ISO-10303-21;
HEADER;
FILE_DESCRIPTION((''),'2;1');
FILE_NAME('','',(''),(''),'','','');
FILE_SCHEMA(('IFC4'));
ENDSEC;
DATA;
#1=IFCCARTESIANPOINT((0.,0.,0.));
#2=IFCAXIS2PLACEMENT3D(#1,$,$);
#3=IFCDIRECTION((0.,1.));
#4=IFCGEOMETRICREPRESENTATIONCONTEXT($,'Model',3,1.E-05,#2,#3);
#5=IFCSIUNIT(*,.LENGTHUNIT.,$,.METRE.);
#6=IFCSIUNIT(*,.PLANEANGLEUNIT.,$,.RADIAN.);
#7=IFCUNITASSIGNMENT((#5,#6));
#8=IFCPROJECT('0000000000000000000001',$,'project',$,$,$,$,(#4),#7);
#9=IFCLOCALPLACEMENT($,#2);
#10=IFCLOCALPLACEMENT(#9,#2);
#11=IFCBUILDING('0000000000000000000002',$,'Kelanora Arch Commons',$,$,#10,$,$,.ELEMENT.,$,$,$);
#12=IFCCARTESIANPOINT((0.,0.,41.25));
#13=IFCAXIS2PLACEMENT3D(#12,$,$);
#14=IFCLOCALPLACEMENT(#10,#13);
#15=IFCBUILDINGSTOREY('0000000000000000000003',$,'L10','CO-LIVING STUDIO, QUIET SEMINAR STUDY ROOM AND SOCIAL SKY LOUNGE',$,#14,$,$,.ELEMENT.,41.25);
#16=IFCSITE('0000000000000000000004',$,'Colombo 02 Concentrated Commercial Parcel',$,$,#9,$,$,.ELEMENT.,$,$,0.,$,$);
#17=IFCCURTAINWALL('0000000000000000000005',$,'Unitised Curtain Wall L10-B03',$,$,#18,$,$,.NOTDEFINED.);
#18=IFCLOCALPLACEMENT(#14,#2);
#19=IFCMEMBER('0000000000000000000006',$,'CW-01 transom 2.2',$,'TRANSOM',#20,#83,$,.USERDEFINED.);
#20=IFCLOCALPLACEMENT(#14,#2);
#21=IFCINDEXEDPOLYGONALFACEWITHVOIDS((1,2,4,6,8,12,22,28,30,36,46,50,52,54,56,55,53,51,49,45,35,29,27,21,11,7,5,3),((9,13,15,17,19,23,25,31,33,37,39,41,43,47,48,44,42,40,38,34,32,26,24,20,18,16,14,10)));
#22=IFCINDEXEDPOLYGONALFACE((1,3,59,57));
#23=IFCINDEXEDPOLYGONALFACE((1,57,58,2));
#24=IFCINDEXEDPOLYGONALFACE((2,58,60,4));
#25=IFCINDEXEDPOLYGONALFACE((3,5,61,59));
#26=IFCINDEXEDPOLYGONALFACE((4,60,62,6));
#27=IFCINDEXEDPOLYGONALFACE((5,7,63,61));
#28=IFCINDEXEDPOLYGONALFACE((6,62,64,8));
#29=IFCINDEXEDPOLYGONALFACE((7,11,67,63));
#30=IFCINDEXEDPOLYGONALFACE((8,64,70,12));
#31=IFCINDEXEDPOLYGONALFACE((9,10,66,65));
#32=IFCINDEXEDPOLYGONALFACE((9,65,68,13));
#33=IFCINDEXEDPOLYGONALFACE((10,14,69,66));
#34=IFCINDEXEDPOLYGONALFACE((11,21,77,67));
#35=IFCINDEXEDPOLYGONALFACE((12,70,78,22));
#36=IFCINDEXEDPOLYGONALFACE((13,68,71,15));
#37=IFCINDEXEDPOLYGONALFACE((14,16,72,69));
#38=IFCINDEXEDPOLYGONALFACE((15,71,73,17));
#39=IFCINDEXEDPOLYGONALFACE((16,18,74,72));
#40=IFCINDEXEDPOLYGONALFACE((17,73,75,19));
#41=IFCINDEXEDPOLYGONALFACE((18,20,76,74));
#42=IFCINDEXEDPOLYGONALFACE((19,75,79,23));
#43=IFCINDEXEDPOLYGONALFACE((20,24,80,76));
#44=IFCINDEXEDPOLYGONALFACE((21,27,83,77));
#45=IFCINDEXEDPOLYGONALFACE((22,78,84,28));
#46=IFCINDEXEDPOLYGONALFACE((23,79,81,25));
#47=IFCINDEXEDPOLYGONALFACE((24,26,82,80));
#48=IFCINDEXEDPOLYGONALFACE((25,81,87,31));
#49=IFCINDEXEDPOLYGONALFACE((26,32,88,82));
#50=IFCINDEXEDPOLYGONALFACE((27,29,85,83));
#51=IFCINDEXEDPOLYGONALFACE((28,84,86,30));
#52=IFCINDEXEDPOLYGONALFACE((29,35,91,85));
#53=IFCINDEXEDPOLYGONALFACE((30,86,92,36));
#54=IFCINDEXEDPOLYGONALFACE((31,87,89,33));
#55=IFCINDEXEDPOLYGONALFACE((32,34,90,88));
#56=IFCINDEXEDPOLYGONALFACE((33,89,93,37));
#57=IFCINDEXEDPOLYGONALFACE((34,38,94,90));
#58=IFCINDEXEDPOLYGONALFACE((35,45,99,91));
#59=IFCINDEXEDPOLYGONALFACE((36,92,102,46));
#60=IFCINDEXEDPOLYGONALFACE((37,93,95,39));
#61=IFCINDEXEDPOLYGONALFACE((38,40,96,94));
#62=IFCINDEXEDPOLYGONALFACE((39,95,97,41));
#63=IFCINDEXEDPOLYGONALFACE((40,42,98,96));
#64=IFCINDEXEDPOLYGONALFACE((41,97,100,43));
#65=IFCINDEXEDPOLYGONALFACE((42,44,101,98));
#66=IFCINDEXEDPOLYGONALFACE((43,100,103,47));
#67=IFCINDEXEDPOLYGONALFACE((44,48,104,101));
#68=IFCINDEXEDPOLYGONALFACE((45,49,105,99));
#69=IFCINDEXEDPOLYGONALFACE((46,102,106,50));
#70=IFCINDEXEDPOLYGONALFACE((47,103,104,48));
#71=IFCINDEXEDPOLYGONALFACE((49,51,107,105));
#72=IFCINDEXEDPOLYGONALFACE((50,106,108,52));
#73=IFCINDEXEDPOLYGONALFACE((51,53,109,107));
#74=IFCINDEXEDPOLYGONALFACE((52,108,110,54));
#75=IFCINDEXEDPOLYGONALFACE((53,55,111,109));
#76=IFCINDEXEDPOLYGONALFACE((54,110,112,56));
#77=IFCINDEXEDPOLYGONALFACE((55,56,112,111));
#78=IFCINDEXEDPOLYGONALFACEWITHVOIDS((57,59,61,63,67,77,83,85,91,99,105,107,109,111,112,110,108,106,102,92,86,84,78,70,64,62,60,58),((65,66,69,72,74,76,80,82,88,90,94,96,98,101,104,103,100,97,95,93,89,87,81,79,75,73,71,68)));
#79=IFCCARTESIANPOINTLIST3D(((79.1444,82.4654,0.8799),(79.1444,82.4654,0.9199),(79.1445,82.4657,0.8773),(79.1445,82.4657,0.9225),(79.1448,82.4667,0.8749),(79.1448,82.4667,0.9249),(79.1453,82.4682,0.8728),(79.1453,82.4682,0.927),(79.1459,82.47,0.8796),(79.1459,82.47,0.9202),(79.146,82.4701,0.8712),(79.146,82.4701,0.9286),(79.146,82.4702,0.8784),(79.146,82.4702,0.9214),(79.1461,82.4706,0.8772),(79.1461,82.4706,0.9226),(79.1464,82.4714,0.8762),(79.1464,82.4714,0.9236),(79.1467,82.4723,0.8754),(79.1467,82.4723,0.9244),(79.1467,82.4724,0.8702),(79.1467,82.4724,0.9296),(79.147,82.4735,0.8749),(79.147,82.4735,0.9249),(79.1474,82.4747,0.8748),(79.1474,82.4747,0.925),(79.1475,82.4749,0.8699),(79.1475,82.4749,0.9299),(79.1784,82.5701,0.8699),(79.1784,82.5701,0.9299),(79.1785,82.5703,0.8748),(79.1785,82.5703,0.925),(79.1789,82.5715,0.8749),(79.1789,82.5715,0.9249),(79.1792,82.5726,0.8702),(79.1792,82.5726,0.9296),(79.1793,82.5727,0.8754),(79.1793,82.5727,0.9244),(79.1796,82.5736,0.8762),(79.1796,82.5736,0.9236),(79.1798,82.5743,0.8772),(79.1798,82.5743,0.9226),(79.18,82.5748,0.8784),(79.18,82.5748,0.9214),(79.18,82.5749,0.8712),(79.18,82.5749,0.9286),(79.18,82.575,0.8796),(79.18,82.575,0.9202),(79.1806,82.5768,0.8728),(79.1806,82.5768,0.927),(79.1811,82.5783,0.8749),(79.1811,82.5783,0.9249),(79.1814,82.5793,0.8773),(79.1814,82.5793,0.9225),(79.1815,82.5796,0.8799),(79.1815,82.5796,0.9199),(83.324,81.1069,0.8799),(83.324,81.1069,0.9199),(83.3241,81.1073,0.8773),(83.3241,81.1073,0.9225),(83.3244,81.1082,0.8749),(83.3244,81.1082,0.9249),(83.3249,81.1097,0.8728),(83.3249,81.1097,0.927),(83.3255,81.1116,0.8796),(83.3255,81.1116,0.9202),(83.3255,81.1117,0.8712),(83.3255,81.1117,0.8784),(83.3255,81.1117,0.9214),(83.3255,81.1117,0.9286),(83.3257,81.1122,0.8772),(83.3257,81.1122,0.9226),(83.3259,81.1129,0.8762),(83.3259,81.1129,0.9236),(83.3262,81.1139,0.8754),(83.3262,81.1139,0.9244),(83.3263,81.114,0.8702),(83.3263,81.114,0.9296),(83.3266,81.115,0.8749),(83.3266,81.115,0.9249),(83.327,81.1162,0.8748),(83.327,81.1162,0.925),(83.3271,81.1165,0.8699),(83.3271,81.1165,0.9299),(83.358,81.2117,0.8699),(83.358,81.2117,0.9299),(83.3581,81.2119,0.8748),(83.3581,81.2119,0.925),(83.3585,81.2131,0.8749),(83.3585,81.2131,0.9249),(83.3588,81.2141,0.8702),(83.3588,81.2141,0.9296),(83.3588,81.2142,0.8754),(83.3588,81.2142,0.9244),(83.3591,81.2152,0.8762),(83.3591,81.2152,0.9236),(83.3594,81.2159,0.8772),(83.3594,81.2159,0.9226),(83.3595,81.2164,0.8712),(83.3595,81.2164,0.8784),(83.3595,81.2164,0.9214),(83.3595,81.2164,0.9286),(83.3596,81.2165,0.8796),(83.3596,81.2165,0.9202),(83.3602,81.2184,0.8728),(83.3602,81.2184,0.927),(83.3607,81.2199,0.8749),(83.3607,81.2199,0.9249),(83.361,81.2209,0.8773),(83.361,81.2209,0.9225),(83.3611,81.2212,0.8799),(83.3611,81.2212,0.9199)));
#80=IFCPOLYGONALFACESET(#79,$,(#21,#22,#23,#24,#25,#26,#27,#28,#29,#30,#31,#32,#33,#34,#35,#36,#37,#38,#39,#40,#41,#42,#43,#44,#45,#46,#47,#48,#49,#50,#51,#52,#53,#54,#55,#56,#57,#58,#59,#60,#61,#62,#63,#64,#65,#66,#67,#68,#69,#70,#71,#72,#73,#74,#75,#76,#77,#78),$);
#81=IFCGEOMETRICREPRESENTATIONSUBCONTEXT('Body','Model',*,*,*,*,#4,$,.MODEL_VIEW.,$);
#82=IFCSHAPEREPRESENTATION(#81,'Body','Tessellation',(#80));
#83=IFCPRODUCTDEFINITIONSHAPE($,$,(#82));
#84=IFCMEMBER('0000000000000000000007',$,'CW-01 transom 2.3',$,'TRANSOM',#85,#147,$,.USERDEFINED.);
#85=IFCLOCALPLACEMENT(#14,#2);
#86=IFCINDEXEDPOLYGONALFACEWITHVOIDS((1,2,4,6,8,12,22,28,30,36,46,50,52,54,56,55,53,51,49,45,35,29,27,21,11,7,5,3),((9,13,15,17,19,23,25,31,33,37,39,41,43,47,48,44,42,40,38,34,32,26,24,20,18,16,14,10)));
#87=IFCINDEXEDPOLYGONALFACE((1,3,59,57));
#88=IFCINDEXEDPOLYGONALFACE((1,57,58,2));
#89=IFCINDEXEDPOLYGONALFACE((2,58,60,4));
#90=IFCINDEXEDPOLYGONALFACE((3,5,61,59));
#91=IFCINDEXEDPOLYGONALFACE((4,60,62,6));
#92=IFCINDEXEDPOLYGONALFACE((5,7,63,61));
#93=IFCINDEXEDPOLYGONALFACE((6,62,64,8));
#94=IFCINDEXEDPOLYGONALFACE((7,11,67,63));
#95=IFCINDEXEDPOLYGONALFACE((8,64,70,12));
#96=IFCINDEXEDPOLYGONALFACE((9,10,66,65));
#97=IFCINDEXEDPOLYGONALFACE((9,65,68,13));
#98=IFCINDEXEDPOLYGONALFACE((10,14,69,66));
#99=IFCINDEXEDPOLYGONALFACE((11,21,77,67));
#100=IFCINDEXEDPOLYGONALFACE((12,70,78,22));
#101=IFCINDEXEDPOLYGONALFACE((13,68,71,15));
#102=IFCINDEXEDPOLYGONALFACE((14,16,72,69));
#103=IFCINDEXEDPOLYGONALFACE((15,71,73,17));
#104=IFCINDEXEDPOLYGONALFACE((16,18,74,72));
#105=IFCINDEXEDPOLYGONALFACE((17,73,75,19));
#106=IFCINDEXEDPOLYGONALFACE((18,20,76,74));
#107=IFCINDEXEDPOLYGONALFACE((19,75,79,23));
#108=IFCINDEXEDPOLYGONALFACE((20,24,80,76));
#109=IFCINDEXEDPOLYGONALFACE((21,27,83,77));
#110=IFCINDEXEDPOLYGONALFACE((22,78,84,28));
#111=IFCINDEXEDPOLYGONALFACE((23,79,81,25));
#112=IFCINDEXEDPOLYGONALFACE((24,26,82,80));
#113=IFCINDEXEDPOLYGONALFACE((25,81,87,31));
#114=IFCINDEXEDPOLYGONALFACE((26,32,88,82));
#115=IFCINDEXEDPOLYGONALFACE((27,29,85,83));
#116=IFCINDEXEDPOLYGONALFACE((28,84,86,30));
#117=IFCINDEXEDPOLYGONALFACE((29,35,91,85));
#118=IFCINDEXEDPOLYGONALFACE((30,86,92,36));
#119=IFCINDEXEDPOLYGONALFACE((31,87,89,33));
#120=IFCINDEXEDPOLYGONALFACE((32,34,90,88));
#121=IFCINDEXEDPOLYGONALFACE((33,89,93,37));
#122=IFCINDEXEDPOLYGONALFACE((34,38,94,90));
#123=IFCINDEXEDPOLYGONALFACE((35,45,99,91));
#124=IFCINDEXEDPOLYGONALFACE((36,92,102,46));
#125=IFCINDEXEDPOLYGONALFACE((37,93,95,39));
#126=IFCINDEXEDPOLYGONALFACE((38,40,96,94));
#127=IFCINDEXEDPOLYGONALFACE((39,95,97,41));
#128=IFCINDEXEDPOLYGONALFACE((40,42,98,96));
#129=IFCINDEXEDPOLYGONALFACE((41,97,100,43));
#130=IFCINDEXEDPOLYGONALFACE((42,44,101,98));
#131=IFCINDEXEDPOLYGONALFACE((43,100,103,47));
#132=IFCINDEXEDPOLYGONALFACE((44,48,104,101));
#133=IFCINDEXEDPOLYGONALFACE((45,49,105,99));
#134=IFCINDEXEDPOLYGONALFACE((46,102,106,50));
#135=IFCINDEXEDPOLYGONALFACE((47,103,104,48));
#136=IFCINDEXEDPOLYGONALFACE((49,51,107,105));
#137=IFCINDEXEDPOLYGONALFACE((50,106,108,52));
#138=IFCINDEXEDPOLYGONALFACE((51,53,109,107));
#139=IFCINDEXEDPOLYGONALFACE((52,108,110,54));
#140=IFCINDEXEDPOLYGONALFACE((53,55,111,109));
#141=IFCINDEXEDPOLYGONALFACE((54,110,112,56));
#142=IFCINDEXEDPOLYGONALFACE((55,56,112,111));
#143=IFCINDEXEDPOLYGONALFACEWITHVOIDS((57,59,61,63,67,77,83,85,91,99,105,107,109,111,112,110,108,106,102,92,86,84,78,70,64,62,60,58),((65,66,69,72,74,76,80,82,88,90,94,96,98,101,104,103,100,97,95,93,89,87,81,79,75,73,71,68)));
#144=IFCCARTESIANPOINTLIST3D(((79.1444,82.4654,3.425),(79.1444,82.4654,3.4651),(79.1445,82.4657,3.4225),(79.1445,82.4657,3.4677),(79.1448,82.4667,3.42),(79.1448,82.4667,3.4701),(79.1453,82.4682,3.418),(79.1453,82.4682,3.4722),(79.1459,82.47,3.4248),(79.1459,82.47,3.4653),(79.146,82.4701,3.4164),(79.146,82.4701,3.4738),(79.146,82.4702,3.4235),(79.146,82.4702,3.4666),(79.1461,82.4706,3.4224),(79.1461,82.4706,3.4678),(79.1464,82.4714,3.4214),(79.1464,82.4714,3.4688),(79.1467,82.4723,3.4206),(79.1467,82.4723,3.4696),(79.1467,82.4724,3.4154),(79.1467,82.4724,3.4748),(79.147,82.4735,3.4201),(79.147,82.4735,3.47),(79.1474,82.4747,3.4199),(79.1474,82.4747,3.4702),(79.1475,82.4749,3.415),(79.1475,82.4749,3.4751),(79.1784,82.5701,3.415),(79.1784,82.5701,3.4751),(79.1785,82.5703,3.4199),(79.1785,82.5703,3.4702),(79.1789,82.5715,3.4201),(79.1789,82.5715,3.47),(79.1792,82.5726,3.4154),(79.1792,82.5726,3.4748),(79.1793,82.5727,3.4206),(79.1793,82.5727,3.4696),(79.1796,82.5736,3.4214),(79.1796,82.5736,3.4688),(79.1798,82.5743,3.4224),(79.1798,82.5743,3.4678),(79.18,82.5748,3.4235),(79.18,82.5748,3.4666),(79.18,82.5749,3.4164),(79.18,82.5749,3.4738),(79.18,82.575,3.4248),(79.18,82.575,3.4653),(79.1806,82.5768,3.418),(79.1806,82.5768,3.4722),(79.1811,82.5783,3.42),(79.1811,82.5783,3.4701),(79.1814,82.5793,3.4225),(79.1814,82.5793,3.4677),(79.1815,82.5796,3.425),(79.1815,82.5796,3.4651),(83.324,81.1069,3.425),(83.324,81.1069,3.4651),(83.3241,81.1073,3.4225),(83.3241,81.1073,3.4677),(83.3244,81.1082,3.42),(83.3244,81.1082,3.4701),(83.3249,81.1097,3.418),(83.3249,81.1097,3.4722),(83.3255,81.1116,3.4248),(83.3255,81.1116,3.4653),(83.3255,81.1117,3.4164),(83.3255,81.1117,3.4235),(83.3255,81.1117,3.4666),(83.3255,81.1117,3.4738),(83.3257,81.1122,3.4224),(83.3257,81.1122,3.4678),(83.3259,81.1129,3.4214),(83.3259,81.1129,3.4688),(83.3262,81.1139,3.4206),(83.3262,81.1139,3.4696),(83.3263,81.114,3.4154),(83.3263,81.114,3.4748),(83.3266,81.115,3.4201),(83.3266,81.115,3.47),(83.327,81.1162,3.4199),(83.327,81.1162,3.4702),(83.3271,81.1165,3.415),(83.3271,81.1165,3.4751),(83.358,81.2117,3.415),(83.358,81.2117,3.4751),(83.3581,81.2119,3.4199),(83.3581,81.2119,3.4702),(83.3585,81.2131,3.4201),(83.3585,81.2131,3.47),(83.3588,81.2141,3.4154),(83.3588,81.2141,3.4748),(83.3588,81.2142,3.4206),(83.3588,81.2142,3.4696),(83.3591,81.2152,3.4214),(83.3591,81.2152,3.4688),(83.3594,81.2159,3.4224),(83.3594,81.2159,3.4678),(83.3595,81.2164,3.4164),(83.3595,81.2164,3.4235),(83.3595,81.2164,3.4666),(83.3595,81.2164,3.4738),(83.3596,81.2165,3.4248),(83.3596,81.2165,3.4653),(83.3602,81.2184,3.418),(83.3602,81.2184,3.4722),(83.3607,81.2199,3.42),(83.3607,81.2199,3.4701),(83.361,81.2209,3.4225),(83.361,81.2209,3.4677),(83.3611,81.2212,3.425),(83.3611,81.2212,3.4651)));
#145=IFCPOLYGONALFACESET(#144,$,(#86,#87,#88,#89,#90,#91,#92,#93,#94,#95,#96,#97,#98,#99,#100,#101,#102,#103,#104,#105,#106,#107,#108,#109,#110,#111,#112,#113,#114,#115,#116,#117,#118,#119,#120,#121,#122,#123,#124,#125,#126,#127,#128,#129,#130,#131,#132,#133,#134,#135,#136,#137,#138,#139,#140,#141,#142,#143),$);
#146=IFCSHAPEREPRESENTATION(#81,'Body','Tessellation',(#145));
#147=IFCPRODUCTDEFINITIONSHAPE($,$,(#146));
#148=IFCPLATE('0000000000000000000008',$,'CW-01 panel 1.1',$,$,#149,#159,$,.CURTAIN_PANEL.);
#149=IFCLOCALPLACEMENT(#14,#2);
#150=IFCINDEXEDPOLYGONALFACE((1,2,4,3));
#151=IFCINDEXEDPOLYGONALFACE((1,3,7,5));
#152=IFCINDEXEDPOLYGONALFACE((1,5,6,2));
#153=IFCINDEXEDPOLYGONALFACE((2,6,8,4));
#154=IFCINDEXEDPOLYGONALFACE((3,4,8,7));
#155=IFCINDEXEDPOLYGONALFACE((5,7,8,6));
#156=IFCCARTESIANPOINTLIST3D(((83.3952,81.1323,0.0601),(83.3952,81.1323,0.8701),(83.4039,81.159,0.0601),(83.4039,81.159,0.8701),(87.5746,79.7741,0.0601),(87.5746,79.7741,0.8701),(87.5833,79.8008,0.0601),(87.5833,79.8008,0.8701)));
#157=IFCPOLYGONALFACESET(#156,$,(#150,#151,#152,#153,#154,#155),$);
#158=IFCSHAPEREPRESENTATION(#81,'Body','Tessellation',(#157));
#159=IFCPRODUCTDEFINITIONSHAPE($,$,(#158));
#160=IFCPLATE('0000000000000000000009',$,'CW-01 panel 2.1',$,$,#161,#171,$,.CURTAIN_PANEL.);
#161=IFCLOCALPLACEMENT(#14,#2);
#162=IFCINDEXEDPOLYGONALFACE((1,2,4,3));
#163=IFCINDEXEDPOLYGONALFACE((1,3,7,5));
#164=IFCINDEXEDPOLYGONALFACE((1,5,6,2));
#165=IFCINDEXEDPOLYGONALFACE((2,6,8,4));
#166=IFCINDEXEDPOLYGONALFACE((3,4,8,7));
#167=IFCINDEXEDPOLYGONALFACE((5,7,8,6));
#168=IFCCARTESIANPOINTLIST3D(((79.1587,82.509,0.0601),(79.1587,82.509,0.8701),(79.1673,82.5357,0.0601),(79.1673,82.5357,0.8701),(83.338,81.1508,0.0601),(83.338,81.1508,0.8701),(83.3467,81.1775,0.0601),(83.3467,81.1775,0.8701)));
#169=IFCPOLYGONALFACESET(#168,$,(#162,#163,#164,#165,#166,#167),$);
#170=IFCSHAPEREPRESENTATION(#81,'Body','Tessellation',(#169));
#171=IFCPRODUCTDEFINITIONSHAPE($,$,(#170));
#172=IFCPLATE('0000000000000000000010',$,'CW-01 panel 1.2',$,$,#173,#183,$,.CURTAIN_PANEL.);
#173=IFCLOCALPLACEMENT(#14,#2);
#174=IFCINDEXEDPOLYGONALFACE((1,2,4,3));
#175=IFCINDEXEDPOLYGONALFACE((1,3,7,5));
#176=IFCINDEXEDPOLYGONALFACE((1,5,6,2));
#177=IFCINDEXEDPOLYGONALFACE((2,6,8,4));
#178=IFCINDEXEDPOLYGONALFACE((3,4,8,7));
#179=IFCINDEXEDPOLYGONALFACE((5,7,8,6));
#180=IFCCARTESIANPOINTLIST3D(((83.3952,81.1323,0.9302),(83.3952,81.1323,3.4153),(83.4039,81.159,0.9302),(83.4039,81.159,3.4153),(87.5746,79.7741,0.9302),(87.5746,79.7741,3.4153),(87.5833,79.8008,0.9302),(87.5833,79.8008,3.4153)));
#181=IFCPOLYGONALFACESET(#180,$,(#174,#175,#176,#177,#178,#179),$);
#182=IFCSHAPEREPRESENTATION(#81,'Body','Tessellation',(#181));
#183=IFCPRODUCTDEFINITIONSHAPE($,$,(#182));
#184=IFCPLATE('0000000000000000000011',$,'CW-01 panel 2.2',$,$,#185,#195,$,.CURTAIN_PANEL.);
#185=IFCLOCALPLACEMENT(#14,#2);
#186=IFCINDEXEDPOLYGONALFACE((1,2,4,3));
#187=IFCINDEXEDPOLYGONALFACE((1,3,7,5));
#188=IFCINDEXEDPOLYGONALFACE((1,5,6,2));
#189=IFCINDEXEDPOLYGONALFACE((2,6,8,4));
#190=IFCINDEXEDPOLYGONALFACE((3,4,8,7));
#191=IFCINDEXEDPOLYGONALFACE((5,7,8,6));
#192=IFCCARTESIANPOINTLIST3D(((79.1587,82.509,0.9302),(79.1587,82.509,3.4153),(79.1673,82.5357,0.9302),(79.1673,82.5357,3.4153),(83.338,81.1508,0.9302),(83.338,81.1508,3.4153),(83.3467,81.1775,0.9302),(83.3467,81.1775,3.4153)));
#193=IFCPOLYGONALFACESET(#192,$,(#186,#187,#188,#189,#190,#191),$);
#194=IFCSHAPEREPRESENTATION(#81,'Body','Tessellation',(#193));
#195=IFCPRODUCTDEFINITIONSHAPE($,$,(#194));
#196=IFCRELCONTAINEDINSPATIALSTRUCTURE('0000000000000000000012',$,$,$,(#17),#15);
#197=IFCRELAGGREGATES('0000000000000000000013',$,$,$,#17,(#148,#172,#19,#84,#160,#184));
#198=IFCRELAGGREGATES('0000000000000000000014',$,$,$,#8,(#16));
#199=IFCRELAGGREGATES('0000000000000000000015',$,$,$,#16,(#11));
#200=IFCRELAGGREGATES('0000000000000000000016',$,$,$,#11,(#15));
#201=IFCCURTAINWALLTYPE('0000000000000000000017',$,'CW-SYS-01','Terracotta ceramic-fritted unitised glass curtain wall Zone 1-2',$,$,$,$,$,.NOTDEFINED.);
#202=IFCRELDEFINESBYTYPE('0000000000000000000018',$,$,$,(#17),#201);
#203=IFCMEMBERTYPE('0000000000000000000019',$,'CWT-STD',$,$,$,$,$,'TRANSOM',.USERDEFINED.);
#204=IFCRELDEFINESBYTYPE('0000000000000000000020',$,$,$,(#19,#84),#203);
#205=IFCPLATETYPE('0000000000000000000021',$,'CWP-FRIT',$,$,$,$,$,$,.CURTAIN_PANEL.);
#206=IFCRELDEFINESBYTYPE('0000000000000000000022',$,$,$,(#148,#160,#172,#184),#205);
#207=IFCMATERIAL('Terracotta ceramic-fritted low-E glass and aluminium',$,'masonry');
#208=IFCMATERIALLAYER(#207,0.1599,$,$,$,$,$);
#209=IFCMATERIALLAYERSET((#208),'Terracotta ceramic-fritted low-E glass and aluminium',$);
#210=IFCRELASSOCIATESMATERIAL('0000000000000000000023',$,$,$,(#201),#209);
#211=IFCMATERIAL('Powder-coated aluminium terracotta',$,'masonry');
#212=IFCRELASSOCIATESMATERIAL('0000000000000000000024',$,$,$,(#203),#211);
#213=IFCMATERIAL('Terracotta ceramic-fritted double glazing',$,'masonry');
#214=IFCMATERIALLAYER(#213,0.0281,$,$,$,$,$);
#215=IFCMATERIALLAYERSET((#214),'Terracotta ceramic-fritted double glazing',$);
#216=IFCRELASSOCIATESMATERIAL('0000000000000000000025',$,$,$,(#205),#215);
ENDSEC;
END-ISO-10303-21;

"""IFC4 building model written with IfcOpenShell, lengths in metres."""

from ifc_helpers import new_model, si_unit, direction, frame, origin, origin_2d, place, context, subcontext, project, spatial, rectangle, hollow_rectangle, extrude, source, transform, mapped, material, layer, layer_set, material_profile, profile_set, type_object, element, aggregate, save


model = new_model("IFC4")

# Units and contexts
model_context = context("Model", 3, precision=1e-05, world=origin(), true_north=direction((0.0, 1.0)))
body_context = subcontext(model_context, "Body", "Model", "MODEL_VIEW")
ifc_project = project(units=[si_unit("LENGTHUNIT", "METRE"), si_unit("PLANEANGLEUNIT", "RADIAN")], contexts=[model_context])

# Site, building, storey
site_placement = place(None, origin())
site = spatial("IfcSite", under=ifc_project, at=site_placement, Name="Colombo 02 Concentrated Commercial Parcel", CompositionType="ELEMENT", RefElevation=0.0)
building_placement = place(site_placement, origin())
building = spatial("IfcBuilding", under=site, at=building_placement, Name="Kelanora Arch Commons", CompositionType="ELEMENT")
storey_placement = place(building_placement, frame((0.0, 0.0, 41.25)))
storey = spatial("IfcBuildingStorey", under=building, at=storey_placement, Name="L10", Description="CO-LIVING STUDIO, QUIET SEMINAR STUDY ROOM AND SOCIAL SKY LOUNGE", CompositionType="ELEMENT", Elevation=41.25)

# Curtain wall, members, plates
ifc_material_1 = material(Name="Terracotta ceramic-fritted low-E glass and aluminium", Category="masonry")
ifc_layer_1 = layer(ifc_material_1, 0.1599)
ifc_layer_set_1 = layer_set([ifc_layer_1], Name="Terracotta ceramic-fritted low-E glass and aluminium")
curtain_wall_type = type_object("IfcCurtainWallType", Name="CW-SYS-01", Description="Terracotta ceramic-fritted unitised glass curtain wall Zone 1-2", PredefinedType="NOTDEFINED", material=ifc_layer_set_1)
curtain_wall_placement = place(storey_placement, origin())
curtain_wall = element("IfcCurtainWall", 1, at=curtain_wall_placement, inside=storey, type_object=curtain_wall_type, Name="Unitised Curtain Wall L10-B03", PredefinedType="NOTDEFINED")
ifc_material_2 = material(Name="Powder-coated aluminium terracotta", Category="masonry")
ifc_material_profile_1 = material_profile(ifc_material_2, hollow_rectangle(XDim=0.1201, YDim=0.0601, WallThickness=0.0049, InnerFilletRadius=0.0049, OuterFilletRadius=0.01, at=origin_2d()), Name="CWT120x60")
ifc_profile_set_1 = profile_set([ifc_material_profile_1], Name="Powder-coated aluminium terracotta")
member_type_1 = type_object("IfcMemberType", Name="CWT-STD", ElementType="TRANSOM", PredefinedType="USERDEFINED", material=ifc_profile_set_1)
member_1_placement = place(storey_placement, frame((83.3425, 81.1641, 0.8999), z_axis=(-0.951029, 0.309102, 0.0), x_axis=(-0.309102, -0.951029, 0.0)))
member_1 = element("IfcMember", 2, at=member_1_placement, type_object=member_type_1, Name="CW-01 transom 2.2", ObjectType="TRANSOM", PredefinedType="USERDEFINED", context=body_context, shape_type="SweptSolid", body=[
    extrude(hollow_rectangle(XDim=0.1201, YDim=0.0601, WallThickness=0.0049, InnerFilletRadius=0.0049, OuterFilletRadius=0.01, at=origin_2d()), origin(), (0.0, 0.0, 1.0), 4.3948),
])
member_2_placement = place(storey_placement, frame((83.3425, 81.1641, 3.4451), z_axis=(-0.951029, 0.309102, 0.0), x_axis=(-0.309102, -0.951029, 0.0)))
member_2 = element("IfcMember", 3, at=member_2_placement, type_object=member_type_1, Name="CW-01 transom 2.3", ObjectType="TRANSOM", PredefinedType="USERDEFINED", context=body_context, shape_type="SweptSolid", body=[
    extrude(hollow_rectangle(XDim=0.1201, YDim=0.0601, WallThickness=0.0049, InnerFilletRadius=0.0049, OuterFilletRadius=0.01, at=origin_2d()), origin(), (0.0, 0.0, 1.0), 4.3948),
])
ifc_material_3 = material(Name="Terracotta ceramic-fritted double glazing", Category="masonry")
ifc_layer_2 = layer(ifc_material_3, 0.0281)
ifc_layer_set_2 = layer_set([ifc_layer_2], Name="Terracotta ceramic-fritted double glazing")
plate_type = type_object("IfcPlateType", Name="CWP-FRIT", PredefinedType="CURTAIN_PANEL", material=ifc_layer_set_2)
shared_shape_1 = source(origin(), body_context, "Body", "SweptSolid", [
    extrude(rectangle(XDim=4.3945, YDim=0.0281, at=origin_2d()), origin(), (0.0, 0.0, 1.0), 0.8101),
])
plate_1_placement = place(storey_placement, frame((85.4893, 80.4666, 0.0601), z_axis=(0.0, 0.0, 1.0), x_axis=(-0.951043, 0.309058, 0.0)))
plate_1 = element("IfcPlate", 4, at=plate_1_placement, type_object=plate_type, Name="CW-01 panel 1.1", PredefinedType="CURTAIN_PANEL", context=body_context, shape_type="MappedRepresentation", body=[
    mapped(shared_shape_1, transform((0.0, 0.0, 0.0), scale=1.0)),
])
plate_2_placement = place(storey_placement, frame((81.2527, 81.8433, 0.0601), z_axis=(0.0, 0.0, 1.0), x_axis=(-0.951043, 0.309058, 0.0)))
plate_2 = element("IfcPlate", 5, at=plate_2_placement, type_object=plate_type, Name="CW-01 panel 2.1", PredefinedType="CURTAIN_PANEL", context=body_context, shape_type="MappedRepresentation", body=[
    mapped(shared_shape_1, transform((0.0, 0.0, 0.0), scale=1.0)),
])
shared_shape_2 = source(origin(), body_context, "Body", "SweptSolid", [
    extrude(rectangle(XDim=4.3945, YDim=0.0281, at=origin_2d()), origin(), (0.0, 0.0, 1.0), 2.4851),
])
plate_3_placement = place(storey_placement, frame((85.4893, 80.4666, 0.9302), z_axis=(0.0, 0.0, 1.0), x_axis=(-0.951043, 0.309058, 0.0)))
plate_3 = element("IfcPlate", 6, at=plate_3_placement, type_object=plate_type, Name="CW-01 panel 1.2", PredefinedType="CURTAIN_PANEL", context=body_context, shape_type="MappedRepresentation", body=[
    mapped(shared_shape_2, transform((0.0, 0.0, 0.0), scale=1.0)),
])
plate_4_placement = place(storey_placement, frame((81.2527, 81.8433, 0.9302), z_axis=(0.0, 0.0, 1.0), x_axis=(-0.951043, 0.309058, 0.0)))
plate_4 = element("IfcPlate", 7, at=plate_4_placement, type_object=plate_type, Name="CW-01 panel 2.2", PredefinedType="CURTAIN_PANEL", context=body_context, shape_type="MappedRepresentation", body=[
    mapped(shared_shape_2, transform((0.0, 0.0, 0.0), scale=1.0)),
])
aggregate(curtain_wall, [plate_1, plate_3, member_1, member_2, plate_2, plate_4])

save(model, "model.ifc")
